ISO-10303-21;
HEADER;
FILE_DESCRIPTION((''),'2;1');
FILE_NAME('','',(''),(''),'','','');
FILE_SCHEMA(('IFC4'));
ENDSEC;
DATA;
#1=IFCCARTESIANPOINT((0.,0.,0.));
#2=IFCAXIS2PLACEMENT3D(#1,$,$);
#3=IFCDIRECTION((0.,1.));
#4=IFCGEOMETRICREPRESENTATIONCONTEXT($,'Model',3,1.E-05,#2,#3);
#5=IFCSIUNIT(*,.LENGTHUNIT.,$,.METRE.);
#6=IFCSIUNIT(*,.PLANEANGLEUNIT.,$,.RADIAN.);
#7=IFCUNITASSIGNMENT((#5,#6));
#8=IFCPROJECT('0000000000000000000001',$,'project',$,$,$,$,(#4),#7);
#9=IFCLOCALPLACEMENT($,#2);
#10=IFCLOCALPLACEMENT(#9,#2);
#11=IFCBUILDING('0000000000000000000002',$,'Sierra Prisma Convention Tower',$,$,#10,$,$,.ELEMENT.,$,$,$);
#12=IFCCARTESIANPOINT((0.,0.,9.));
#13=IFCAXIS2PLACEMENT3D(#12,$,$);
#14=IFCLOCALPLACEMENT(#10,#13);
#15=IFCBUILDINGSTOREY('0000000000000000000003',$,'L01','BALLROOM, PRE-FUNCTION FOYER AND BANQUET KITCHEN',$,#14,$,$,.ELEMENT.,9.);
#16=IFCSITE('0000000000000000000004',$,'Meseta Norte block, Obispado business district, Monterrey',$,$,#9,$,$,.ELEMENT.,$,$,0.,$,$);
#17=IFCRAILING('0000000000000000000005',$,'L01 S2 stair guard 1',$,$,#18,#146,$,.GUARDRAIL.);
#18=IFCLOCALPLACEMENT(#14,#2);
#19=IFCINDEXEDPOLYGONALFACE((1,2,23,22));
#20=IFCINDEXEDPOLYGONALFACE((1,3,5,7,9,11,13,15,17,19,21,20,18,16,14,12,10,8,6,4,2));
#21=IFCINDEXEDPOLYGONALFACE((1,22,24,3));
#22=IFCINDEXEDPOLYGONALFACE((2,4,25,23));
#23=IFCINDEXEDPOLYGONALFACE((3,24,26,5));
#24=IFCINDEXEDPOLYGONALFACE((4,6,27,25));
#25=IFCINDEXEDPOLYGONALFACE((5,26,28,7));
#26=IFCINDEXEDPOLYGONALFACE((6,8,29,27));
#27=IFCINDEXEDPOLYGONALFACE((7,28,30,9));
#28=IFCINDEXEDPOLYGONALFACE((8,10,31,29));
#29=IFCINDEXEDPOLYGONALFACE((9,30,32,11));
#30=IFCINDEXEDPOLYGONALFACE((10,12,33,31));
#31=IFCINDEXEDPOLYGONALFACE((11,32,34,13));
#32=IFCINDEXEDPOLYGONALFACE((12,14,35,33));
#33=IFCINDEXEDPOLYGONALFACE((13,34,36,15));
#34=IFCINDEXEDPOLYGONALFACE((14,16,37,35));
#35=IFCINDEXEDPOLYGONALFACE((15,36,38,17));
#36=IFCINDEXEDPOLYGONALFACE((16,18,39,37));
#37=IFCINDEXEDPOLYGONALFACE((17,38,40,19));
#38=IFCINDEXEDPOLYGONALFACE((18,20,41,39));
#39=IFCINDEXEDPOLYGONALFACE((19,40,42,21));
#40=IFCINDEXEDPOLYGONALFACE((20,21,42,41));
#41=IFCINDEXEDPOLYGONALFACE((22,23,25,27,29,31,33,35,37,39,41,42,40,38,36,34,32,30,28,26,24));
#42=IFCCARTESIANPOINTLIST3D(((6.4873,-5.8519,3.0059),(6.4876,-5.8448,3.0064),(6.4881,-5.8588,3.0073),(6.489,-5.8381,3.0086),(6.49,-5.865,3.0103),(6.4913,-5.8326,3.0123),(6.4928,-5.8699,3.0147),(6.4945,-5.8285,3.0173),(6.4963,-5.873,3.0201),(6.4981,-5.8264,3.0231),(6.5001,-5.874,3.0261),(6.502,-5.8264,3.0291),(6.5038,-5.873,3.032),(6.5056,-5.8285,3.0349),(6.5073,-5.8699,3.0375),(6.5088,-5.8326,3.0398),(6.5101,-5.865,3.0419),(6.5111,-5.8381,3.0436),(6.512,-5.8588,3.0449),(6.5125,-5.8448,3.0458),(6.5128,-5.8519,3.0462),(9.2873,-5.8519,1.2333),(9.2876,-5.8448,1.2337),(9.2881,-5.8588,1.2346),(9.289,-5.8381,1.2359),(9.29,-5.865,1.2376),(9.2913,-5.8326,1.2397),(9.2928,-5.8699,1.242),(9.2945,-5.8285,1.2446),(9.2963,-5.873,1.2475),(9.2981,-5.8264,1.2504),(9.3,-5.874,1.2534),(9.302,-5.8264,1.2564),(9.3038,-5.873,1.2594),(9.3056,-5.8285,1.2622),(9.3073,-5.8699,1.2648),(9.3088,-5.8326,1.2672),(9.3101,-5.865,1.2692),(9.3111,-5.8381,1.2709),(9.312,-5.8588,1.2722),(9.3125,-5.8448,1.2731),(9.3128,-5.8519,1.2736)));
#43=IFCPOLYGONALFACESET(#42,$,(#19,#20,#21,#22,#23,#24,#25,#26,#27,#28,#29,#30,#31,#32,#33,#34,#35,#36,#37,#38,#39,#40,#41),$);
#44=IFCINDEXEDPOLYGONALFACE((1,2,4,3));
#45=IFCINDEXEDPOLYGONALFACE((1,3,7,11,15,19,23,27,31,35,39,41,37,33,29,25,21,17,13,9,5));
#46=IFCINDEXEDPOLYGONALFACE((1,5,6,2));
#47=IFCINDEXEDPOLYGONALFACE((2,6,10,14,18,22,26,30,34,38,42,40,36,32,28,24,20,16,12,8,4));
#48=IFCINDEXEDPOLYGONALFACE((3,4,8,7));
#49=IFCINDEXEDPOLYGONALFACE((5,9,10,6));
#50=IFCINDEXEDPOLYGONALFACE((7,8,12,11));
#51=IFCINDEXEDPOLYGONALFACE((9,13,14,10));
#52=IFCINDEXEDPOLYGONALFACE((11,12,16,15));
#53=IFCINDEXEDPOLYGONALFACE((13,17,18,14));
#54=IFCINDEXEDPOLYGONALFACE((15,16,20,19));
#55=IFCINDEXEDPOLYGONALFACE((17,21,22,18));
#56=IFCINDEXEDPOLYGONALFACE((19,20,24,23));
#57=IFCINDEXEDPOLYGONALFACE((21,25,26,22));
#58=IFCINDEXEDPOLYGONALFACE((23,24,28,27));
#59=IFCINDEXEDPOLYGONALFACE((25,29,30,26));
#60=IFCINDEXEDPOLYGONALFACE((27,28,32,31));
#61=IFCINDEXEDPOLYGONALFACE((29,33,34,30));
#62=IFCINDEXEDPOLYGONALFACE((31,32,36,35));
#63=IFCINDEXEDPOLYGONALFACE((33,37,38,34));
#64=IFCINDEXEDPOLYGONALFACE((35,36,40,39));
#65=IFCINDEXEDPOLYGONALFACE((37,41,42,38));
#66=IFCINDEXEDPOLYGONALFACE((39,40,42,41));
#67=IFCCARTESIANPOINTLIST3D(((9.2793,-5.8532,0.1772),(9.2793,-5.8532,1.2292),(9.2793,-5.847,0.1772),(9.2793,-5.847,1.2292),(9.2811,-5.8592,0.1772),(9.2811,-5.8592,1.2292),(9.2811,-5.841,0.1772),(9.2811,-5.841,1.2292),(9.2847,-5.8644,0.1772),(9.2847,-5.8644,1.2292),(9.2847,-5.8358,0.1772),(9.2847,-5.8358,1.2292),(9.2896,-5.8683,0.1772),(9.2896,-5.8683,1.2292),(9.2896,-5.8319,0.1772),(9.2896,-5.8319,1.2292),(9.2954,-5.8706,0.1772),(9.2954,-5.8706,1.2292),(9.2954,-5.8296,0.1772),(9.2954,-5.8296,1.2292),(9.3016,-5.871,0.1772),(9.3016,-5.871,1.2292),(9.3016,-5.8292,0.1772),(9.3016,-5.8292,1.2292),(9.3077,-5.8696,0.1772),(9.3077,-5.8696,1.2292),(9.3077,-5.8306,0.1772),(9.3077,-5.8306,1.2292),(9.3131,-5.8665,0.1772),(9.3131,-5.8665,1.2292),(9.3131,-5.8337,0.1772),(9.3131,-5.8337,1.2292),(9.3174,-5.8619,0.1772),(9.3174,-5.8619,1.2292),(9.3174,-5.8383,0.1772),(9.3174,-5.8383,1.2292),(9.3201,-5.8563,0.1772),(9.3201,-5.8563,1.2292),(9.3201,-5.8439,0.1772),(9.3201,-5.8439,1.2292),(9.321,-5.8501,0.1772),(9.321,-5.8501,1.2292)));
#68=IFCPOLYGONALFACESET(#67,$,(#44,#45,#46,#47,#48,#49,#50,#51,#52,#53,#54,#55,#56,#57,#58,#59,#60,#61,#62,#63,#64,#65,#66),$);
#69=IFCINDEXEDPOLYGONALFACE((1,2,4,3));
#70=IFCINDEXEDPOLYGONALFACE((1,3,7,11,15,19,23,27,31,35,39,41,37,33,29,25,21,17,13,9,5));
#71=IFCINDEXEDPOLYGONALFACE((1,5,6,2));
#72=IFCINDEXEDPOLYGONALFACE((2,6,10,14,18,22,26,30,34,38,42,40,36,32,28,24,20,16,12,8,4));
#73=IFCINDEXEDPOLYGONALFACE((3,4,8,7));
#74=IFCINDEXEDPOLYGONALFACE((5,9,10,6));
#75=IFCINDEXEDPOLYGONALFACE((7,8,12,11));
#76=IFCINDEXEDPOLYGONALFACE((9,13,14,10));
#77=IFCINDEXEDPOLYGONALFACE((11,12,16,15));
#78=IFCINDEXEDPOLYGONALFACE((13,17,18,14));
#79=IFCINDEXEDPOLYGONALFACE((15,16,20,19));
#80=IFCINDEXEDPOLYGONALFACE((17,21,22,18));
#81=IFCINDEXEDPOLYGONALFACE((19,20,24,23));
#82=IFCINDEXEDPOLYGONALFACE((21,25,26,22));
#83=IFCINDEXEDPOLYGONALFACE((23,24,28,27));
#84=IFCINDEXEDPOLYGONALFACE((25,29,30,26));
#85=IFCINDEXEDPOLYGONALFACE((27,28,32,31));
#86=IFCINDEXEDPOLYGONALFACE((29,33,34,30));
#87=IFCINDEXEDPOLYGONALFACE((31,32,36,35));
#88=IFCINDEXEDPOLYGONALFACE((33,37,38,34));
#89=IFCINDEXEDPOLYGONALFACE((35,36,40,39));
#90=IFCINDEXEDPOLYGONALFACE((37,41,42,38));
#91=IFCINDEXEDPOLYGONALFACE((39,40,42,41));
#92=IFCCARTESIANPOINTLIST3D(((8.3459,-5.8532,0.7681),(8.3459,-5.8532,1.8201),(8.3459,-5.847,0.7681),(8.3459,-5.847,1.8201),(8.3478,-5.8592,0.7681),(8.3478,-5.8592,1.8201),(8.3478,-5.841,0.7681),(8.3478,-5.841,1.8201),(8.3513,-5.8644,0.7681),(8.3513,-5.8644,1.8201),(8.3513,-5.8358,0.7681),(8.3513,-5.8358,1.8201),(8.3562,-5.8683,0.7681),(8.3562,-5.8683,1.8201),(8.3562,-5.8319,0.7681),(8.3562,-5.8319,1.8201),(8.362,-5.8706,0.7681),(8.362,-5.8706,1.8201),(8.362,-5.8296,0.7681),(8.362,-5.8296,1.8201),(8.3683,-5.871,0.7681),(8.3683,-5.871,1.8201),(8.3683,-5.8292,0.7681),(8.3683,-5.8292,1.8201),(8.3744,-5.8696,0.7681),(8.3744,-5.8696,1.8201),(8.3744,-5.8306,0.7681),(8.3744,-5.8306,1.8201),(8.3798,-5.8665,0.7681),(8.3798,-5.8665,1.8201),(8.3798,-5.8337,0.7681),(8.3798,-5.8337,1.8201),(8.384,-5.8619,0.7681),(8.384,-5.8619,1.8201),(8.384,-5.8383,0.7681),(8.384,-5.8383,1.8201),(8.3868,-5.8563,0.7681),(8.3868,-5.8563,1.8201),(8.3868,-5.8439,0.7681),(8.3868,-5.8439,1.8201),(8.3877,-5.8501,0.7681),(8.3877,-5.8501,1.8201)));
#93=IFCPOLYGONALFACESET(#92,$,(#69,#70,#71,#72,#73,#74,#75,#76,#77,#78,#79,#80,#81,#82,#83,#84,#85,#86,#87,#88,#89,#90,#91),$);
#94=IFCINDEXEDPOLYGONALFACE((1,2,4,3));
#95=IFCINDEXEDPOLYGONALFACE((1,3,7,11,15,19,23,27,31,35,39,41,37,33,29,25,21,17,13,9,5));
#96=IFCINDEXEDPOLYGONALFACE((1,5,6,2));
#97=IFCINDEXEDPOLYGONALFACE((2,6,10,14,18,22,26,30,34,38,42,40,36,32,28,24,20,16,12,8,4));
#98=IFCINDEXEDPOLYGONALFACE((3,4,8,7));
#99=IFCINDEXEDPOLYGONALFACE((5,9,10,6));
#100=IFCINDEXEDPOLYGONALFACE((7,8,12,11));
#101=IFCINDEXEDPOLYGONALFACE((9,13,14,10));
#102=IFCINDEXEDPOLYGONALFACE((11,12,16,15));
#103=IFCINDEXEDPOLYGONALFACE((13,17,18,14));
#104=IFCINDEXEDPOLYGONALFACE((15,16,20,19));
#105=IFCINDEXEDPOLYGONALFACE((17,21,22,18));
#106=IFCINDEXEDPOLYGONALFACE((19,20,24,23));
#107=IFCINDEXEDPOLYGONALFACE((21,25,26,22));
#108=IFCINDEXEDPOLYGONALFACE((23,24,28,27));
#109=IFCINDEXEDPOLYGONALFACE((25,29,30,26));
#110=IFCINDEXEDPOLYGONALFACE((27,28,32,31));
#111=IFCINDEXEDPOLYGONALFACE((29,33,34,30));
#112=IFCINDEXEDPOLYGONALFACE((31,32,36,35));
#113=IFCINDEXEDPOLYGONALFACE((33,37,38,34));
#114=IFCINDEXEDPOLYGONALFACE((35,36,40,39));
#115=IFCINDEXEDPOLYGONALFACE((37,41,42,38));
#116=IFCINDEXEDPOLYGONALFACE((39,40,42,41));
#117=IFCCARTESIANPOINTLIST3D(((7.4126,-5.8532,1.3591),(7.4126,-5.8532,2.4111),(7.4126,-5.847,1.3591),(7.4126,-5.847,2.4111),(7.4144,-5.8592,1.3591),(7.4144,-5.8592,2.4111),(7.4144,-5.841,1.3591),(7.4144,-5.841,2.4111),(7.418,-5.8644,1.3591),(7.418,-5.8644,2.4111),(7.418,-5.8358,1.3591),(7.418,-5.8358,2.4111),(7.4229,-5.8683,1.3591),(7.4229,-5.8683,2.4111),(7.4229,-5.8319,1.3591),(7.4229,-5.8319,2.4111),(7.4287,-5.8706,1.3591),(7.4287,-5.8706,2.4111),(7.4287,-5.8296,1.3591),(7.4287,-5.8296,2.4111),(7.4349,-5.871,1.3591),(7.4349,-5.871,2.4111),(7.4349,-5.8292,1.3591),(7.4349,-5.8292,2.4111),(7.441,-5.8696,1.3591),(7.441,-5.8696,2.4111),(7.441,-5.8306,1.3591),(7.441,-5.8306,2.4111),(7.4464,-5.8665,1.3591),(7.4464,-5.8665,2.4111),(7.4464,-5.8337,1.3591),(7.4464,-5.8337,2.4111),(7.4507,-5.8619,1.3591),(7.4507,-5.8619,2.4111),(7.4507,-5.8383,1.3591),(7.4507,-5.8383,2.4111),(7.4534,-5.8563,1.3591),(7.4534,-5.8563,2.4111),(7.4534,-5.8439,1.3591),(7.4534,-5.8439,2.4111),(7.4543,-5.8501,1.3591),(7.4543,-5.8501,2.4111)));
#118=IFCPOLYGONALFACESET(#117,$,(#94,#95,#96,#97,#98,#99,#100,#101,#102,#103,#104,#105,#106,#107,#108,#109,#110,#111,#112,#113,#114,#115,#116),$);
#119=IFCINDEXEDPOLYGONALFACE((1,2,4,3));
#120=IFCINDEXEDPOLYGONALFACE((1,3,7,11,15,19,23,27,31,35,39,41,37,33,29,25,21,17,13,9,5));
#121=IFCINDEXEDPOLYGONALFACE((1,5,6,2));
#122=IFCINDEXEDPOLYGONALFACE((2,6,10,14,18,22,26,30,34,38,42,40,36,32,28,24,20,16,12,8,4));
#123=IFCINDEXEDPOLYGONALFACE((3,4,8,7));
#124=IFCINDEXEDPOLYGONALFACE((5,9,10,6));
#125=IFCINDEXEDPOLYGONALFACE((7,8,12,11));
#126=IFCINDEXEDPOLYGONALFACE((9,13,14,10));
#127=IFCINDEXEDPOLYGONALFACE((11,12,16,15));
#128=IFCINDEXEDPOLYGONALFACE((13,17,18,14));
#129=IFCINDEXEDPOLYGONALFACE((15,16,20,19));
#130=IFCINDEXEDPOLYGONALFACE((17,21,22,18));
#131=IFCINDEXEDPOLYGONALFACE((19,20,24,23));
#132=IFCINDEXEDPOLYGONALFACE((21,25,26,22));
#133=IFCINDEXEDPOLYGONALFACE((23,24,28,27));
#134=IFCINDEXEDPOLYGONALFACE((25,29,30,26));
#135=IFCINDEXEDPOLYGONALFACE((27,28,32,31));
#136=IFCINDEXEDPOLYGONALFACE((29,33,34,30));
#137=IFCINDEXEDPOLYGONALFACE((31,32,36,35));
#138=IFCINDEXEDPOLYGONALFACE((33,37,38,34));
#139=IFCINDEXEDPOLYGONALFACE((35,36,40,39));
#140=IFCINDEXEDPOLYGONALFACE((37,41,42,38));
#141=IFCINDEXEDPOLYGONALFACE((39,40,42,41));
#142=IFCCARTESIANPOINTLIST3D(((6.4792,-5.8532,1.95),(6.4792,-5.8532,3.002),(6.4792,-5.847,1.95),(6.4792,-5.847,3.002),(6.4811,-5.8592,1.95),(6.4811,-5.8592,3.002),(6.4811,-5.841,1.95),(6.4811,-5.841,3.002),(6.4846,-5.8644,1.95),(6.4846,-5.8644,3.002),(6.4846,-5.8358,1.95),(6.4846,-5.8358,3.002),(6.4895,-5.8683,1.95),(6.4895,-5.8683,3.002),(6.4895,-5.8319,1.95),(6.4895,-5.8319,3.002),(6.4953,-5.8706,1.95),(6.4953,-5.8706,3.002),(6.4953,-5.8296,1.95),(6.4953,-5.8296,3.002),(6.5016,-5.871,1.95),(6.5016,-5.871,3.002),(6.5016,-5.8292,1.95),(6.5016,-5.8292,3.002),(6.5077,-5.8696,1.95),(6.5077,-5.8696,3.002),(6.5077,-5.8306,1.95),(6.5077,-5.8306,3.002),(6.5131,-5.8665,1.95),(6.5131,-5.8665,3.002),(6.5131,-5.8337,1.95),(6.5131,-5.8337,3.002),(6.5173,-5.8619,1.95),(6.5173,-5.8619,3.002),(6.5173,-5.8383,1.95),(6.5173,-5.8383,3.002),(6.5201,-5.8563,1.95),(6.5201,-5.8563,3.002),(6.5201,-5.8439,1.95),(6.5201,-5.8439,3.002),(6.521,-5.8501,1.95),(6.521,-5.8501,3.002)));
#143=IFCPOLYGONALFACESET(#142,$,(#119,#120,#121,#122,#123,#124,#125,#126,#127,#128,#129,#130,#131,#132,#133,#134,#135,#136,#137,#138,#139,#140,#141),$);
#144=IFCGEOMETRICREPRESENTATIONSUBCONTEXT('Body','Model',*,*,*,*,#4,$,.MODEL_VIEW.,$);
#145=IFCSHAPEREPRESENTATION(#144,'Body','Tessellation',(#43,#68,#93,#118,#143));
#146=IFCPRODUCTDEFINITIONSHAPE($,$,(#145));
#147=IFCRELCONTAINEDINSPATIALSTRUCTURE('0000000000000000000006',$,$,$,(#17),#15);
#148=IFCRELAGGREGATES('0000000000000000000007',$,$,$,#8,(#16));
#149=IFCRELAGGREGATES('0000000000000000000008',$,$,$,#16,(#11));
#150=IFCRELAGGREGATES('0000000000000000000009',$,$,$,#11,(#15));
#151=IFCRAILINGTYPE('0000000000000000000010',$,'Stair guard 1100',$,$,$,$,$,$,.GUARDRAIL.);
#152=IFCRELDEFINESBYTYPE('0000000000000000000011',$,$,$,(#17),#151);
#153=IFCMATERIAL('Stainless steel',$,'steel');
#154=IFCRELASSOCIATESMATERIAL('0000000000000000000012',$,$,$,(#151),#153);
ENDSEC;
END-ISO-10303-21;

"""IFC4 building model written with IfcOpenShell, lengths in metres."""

from ifc_helpers import new_model, si_unit, direction, frame, origin, origin_2d, place, context, subcontext, project, spatial, circle, extrude, material, type_object, element, save


model = new_model("IFC4")

# Units and contexts
model_context = context("Model", 3, precision=1e-05, world=origin(), true_north=direction((0.0, 1.0)))
body_context = subcontext(model_context, "Body", "Model", "MODEL_VIEW")
ifc_project = project(units=[si_unit("LENGTHUNIT", "METRE"), si_unit("PLANEANGLEUNIT", "RADIAN")], contexts=[model_context])

# Site, building, storey
site_placement = place(None, origin())
site = spatial("IfcSite", under=ifc_project, at=site_placement, Name="Meseta Norte block, Obispado business district, Monterrey", CompositionType="ELEMENT", RefElevation=0.0)
building_placement = place(site_placement, origin())
building = spatial("IfcBuilding", under=site, at=building_placement, Name="Sierra Prisma Convention Tower", CompositionType="ELEMENT")
storey_placement = place(building_placement, frame((0.0, 0.0, 9.0)))
storey = spatial("IfcBuildingStorey", under=building, at=storey_placement, Name="L01", Description="BALLROOM, PRE-FUNCTION FOYER AND BANQUET KITCHEN", CompositionType="ELEMENT", Elevation=9.0)

# Railing
ifc_material_1 = material(Name="Stainless steel", Category="steel")
railing_type = type_object("IfcRailingType", Name="Stair guard 1100", PredefinedType="GUARDRAIL", material=ifc_material_1)
railing_1_placement = place(storey_placement, frame((9.3, -5.8501, 0.1772)))
element("IfcRailing", 1, at=railing_1_placement, inside=storey, type_object=railing_type, Name="L01 S2 stair guard 1", PredefinedType="GUARDRAIL", context=body_context, shape_type="SweptSolid", body=[
    extrude(circle(Radius=0.0239, at=origin_2d()), frame((0.0, 0.0, 1.0762), z_axis=(-0.844909, 0.0, 0.53491), x_axis=(0.0, -1.0, 0.0)), (0.0, 0.0, 1.0), 3.314),
    extrude(circle(Radius=0.021, at=origin_2d()), origin(), (0.0, 0.0, 1.0), 1.052),
    extrude(circle(Radius=0.021, at=origin_2d()), frame((-0.9333, 0.0, 0.5908)), (0.0, 0.0, 1.0), 1.052),
    extrude(circle(Radius=0.021, at=origin_2d()), frame((-1.8667, 0.0, 1.1819)), (0.0, 0.0, 1.0), 1.052),
    extrude(circle(Radius=0.021, at=origin_2d()), frame((-2.8, 0.0, 1.7727)), (0.0, 0.0, 1.0), 1.052),
])

save(model, "model.ifc")
